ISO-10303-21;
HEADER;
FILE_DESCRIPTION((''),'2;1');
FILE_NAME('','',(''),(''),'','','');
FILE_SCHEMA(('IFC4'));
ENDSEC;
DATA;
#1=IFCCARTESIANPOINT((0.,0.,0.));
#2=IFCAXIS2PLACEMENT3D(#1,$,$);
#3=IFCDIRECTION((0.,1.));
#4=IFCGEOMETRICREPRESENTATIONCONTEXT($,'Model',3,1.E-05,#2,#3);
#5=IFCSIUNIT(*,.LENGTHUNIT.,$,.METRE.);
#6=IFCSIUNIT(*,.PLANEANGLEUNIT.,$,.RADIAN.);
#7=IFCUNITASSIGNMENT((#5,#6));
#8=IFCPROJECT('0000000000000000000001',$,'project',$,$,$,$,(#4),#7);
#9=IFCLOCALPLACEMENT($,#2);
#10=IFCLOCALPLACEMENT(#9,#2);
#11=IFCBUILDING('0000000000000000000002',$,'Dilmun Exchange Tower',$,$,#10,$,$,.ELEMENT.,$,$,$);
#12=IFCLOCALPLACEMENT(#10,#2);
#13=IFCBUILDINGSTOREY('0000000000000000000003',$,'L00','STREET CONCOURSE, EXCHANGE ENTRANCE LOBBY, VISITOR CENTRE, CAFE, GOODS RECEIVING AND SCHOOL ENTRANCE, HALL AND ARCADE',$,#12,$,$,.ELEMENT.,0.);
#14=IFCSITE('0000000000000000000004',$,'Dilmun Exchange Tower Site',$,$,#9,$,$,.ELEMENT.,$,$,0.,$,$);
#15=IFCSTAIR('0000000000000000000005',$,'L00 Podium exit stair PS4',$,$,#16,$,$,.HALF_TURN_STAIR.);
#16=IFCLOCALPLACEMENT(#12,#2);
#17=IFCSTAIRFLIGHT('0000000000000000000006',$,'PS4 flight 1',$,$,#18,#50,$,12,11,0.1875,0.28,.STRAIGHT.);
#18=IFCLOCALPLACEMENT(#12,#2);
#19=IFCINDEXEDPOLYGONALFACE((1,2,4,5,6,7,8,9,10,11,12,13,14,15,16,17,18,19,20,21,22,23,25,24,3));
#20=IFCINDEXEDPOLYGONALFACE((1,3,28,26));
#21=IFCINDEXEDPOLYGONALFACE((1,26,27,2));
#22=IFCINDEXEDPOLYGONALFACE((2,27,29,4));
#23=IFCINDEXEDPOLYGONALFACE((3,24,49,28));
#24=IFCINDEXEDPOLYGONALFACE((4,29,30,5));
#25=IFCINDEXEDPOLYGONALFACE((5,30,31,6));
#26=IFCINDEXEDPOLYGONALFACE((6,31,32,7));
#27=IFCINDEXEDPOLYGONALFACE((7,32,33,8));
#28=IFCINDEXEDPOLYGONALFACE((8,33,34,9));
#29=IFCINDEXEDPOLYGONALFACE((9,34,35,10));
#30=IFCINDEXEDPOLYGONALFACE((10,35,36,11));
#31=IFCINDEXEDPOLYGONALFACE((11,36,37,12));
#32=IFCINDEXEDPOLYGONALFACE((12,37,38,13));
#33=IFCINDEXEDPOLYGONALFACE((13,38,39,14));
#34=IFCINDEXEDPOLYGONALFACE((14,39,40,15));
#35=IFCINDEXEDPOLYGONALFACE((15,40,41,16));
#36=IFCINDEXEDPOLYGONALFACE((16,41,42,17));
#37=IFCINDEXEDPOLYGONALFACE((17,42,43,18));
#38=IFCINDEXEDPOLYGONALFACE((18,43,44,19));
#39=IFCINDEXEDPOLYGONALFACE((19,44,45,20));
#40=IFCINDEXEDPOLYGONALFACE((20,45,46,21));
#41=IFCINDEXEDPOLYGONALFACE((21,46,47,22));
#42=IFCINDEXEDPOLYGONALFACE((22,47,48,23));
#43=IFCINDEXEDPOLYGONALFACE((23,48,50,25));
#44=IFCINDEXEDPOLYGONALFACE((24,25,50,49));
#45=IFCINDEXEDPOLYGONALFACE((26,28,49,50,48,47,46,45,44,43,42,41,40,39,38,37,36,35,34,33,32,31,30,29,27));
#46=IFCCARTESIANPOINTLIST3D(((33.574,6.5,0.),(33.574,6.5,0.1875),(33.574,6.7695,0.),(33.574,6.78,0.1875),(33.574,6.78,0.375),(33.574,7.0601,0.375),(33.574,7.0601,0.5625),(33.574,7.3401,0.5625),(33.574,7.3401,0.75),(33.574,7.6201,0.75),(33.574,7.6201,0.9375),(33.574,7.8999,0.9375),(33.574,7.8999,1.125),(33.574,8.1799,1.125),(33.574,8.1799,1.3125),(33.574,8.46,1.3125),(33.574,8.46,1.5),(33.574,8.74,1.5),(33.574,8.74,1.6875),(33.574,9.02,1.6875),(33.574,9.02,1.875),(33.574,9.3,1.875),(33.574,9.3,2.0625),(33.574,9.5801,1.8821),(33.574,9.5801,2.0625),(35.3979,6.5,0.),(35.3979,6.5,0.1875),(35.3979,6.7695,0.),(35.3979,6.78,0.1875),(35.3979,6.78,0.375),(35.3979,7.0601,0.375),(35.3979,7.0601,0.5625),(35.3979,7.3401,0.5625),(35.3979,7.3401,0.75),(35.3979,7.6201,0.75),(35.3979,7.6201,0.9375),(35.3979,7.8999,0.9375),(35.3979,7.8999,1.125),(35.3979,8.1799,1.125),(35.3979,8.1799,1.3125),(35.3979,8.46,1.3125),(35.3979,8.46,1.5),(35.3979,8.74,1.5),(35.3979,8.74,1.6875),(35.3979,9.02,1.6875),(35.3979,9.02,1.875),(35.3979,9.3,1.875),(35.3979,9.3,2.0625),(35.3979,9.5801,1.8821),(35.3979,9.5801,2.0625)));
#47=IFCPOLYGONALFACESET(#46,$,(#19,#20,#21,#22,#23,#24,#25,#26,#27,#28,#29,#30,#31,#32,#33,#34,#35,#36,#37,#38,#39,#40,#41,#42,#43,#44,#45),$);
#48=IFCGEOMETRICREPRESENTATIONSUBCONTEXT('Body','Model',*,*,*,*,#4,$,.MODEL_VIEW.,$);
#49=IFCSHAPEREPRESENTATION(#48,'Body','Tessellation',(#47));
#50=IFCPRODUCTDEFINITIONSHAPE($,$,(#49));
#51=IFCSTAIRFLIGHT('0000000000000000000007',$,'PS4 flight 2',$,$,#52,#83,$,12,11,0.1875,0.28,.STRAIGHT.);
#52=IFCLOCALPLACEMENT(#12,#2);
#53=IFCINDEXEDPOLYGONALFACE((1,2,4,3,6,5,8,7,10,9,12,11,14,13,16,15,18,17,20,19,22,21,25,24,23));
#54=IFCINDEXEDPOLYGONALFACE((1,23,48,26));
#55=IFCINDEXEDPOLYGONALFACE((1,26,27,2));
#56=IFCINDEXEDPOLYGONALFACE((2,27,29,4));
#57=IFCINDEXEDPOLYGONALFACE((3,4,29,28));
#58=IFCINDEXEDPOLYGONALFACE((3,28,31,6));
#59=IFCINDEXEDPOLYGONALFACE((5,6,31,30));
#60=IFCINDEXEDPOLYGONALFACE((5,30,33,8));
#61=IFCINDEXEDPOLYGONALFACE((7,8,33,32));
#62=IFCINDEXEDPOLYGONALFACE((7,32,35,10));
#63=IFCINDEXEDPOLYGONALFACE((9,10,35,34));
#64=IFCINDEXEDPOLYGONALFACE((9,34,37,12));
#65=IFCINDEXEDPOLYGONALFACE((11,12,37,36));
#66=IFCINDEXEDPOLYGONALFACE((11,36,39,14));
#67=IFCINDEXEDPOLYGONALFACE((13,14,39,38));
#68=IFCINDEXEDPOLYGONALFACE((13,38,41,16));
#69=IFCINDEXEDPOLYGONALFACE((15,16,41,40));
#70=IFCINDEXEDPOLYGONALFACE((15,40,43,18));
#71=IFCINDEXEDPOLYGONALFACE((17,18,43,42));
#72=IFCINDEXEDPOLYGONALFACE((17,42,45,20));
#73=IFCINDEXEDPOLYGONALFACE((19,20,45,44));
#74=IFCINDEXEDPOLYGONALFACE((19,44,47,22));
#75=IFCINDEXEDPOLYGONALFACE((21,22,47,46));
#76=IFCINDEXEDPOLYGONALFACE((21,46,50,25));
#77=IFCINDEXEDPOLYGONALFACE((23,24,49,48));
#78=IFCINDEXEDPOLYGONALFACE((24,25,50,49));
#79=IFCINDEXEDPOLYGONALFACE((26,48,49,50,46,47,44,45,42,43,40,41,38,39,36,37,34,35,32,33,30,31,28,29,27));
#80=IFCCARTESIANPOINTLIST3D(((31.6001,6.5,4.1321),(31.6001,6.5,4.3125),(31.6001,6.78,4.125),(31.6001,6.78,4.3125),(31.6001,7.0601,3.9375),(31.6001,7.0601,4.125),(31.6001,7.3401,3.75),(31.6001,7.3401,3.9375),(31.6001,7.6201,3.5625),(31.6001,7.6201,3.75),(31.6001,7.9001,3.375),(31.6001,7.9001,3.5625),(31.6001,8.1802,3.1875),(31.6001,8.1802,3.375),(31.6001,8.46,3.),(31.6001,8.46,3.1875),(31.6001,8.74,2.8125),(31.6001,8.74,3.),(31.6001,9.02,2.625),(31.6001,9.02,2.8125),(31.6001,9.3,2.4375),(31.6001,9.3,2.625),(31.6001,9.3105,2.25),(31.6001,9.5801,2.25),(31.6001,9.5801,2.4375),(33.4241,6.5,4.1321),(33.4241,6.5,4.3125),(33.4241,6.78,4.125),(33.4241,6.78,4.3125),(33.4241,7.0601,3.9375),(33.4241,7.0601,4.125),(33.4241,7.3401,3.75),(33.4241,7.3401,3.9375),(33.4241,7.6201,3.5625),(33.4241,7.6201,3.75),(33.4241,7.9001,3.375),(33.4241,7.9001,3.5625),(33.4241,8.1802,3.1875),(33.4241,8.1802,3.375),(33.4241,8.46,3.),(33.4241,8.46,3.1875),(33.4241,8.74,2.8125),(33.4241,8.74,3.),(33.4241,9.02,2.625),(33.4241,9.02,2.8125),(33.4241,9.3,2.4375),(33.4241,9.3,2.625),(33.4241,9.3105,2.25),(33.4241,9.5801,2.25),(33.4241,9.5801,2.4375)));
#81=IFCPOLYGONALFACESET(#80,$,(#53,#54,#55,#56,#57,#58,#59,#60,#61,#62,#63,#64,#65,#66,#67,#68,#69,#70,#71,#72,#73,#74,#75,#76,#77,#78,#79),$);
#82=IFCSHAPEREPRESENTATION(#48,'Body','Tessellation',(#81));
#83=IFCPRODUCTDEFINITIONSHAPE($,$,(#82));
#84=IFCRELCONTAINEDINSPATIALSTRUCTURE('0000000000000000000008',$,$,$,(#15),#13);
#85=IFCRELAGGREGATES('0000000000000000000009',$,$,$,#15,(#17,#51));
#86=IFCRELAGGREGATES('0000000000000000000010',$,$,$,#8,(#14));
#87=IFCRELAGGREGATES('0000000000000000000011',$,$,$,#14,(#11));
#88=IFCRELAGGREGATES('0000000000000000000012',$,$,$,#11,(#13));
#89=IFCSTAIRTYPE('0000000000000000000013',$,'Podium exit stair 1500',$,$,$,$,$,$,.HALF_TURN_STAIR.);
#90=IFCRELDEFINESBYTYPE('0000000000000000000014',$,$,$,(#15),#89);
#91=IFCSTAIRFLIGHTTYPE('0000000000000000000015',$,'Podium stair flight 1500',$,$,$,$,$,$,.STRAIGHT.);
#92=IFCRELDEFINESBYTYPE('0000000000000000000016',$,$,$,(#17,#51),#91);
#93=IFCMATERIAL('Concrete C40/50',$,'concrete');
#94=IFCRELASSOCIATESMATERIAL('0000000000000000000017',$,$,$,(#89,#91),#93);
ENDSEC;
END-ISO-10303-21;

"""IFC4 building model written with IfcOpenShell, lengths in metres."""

from ifc_helpers import new_model, si_unit, direction, frame, origin, place, context, subcontext, project, spatial, polyline, outline, extrude, material, type_object, element, aggregate, save


model = new_model("IFC4")

# Units and contexts
model_context = context("Model", 3, precision=1e-05, world=origin(), true_north=direction((0.0, 1.0)))
body_context = subcontext(model_context, "Body", "Model", "MODEL_VIEW")
ifc_project = project(units=[si_unit("LENGTHUNIT", "METRE"), si_unit("PLANEANGLEUNIT", "RADIAN")], contexts=[model_context])

# Site, building, storey
site_placement = place(None, origin())
site = spatial("IfcSite", under=ifc_project, at=site_placement, Name="Dilmun Exchange Tower Site", CompositionType="ELEMENT", RefElevation=0.0)
building_placement = place(site_placement, origin())
building = spatial("IfcBuilding", under=site, at=building_placement, Name="Dilmun Exchange Tower", CompositionType="ELEMENT")
storey_placement = place(building_placement, origin())
storey = spatial("IfcBuildingStorey", under=building, at=storey_placement, Name="L00", Description="STREET CONCOURSE, EXCHANGE ENTRANCE LOBBY, VISITOR CENTRE, CAFE, GOODS RECEIVING AND SCHOOL ENTRANCE, HALL AND ARCADE", CompositionType="ELEMENT", Elevation=0.0)

# Shared definitions
ifc_material_1 = material(Name="Concrete C40/50", Category="concrete")

# Stair, stair flights
stair_type_1 = type_object("IfcStairType", Name="Podium exit stair 1500", PredefinedType="HALF_TURN_STAIR", material=ifc_material_1)
stair_1_placement = place(storey_placement, origin())
stair_1 = element("IfcStair", 1, at=stair_1_placement, inside=storey, type_object=stair_type_1, Name="L00 Podium exit stair PS4", PredefinedType="HALF_TURN_STAIR")
stair_flight_type_1 = type_object("IfcStairFlightType", Name="Podium stair flight 1500", PredefinedType="STRAIGHT", material=ifc_material_1)
stair_flight_1_placement = place(storey_placement, frame((34.4861, 6.5, 0.0), z_axis=(0.0, 0.0, 1.0), x_axis=(0.0, 1.0, 0.0)))
stair_flight_1 = element("IfcStairFlight", 2, at=stair_flight_1_placement, type_object=stair_flight_type_1, Name="PS4 flight 1", NumberOfRisers=12, NumberOfTreads=11, PredefinedType="STRAIGHT", RiserHeight=0.1875, TreadLength=0.28, context=body_context, shape_type="SweptSolid", body=[
    extrude(outline(polyline([(0.0, 0.0), (0.0, 0.1875), (0.28, 0.1875), (0.28, 0.375), (0.5601, 0.375), (0.5601, 0.5625), (0.8401, 0.5625), (0.8401, 0.75), (1.1201, 0.75), (1.1201, 0.9375), (1.3999, 0.9375), (1.3999, 1.125), (1.6799, 1.125), (1.6799, 1.3125), (1.96, 1.3125), (1.96, 1.5), (2.24, 1.5), (2.24, 1.6875), (2.52, 1.6875), (2.52, 1.875), (2.8, 1.875), (2.8, 2.0625), (3.0801, 2.0625), (3.0801, 2.25), (3.0801, 1.8821), (0.2695, 0.0), (0.0, 0.0)])), frame((0.0, 0.9121, 0.0), z_axis=(0.0, -1.0, 0.0), x_axis=(1.0, 0.0, 0.0)), (0.0, 0.0, 1.0), 1.824),
])
stair_flight_2_placement = place(storey_placement, frame((32.512, 9.5801, 2.25), z_axis=(0.0, 0.0, 1.0), x_axis=(0.0, -1.0, 0.0)))
stair_flight_2 = element("IfcStairFlight", 3, at=stair_flight_2_placement, type_object=stair_flight_type_1, Name="PS4 flight 2", NumberOfRisers=12, NumberOfTreads=11, PredefinedType="STRAIGHT", RiserHeight=0.1875, TreadLength=0.28, context=body_context, shape_type="SweptSolid", body=[
    extrude(outline(polyline([(0.0, 0.0), (0.0, 0.1875), (0.28, 0.1875), (0.28, 0.375), (0.5601, 0.375), (0.5601, 0.5625), (0.8401, 0.5625), (0.8401, 0.75), (1.1201, 0.75), (1.1201, 0.9375), (1.3999, 0.9375), (1.3999, 1.125), (1.6799, 1.125), (1.6799, 1.3125), (1.96, 1.3125), (1.96, 1.5), (2.24, 1.5), (2.24, 1.6875), (2.52, 1.6875), (2.52, 1.875), (2.8, 1.875), (2.8, 2.0625), (3.0801, 2.0625), (3.0801, 2.25), (3.0801, 1.8821), (0.2695, 0.0), (0.0, 0.0)])), frame((0.0, 0.9121, 0.0), z_axis=(0.0, -1.0, 0.0), x_axis=(1.0, 0.0, 0.0)), (0.0, 0.0, 1.0), 1.824),
])
aggregate(stair_1, [stair_flight_1, stair_flight_2])

save(model, "model.ifc")
